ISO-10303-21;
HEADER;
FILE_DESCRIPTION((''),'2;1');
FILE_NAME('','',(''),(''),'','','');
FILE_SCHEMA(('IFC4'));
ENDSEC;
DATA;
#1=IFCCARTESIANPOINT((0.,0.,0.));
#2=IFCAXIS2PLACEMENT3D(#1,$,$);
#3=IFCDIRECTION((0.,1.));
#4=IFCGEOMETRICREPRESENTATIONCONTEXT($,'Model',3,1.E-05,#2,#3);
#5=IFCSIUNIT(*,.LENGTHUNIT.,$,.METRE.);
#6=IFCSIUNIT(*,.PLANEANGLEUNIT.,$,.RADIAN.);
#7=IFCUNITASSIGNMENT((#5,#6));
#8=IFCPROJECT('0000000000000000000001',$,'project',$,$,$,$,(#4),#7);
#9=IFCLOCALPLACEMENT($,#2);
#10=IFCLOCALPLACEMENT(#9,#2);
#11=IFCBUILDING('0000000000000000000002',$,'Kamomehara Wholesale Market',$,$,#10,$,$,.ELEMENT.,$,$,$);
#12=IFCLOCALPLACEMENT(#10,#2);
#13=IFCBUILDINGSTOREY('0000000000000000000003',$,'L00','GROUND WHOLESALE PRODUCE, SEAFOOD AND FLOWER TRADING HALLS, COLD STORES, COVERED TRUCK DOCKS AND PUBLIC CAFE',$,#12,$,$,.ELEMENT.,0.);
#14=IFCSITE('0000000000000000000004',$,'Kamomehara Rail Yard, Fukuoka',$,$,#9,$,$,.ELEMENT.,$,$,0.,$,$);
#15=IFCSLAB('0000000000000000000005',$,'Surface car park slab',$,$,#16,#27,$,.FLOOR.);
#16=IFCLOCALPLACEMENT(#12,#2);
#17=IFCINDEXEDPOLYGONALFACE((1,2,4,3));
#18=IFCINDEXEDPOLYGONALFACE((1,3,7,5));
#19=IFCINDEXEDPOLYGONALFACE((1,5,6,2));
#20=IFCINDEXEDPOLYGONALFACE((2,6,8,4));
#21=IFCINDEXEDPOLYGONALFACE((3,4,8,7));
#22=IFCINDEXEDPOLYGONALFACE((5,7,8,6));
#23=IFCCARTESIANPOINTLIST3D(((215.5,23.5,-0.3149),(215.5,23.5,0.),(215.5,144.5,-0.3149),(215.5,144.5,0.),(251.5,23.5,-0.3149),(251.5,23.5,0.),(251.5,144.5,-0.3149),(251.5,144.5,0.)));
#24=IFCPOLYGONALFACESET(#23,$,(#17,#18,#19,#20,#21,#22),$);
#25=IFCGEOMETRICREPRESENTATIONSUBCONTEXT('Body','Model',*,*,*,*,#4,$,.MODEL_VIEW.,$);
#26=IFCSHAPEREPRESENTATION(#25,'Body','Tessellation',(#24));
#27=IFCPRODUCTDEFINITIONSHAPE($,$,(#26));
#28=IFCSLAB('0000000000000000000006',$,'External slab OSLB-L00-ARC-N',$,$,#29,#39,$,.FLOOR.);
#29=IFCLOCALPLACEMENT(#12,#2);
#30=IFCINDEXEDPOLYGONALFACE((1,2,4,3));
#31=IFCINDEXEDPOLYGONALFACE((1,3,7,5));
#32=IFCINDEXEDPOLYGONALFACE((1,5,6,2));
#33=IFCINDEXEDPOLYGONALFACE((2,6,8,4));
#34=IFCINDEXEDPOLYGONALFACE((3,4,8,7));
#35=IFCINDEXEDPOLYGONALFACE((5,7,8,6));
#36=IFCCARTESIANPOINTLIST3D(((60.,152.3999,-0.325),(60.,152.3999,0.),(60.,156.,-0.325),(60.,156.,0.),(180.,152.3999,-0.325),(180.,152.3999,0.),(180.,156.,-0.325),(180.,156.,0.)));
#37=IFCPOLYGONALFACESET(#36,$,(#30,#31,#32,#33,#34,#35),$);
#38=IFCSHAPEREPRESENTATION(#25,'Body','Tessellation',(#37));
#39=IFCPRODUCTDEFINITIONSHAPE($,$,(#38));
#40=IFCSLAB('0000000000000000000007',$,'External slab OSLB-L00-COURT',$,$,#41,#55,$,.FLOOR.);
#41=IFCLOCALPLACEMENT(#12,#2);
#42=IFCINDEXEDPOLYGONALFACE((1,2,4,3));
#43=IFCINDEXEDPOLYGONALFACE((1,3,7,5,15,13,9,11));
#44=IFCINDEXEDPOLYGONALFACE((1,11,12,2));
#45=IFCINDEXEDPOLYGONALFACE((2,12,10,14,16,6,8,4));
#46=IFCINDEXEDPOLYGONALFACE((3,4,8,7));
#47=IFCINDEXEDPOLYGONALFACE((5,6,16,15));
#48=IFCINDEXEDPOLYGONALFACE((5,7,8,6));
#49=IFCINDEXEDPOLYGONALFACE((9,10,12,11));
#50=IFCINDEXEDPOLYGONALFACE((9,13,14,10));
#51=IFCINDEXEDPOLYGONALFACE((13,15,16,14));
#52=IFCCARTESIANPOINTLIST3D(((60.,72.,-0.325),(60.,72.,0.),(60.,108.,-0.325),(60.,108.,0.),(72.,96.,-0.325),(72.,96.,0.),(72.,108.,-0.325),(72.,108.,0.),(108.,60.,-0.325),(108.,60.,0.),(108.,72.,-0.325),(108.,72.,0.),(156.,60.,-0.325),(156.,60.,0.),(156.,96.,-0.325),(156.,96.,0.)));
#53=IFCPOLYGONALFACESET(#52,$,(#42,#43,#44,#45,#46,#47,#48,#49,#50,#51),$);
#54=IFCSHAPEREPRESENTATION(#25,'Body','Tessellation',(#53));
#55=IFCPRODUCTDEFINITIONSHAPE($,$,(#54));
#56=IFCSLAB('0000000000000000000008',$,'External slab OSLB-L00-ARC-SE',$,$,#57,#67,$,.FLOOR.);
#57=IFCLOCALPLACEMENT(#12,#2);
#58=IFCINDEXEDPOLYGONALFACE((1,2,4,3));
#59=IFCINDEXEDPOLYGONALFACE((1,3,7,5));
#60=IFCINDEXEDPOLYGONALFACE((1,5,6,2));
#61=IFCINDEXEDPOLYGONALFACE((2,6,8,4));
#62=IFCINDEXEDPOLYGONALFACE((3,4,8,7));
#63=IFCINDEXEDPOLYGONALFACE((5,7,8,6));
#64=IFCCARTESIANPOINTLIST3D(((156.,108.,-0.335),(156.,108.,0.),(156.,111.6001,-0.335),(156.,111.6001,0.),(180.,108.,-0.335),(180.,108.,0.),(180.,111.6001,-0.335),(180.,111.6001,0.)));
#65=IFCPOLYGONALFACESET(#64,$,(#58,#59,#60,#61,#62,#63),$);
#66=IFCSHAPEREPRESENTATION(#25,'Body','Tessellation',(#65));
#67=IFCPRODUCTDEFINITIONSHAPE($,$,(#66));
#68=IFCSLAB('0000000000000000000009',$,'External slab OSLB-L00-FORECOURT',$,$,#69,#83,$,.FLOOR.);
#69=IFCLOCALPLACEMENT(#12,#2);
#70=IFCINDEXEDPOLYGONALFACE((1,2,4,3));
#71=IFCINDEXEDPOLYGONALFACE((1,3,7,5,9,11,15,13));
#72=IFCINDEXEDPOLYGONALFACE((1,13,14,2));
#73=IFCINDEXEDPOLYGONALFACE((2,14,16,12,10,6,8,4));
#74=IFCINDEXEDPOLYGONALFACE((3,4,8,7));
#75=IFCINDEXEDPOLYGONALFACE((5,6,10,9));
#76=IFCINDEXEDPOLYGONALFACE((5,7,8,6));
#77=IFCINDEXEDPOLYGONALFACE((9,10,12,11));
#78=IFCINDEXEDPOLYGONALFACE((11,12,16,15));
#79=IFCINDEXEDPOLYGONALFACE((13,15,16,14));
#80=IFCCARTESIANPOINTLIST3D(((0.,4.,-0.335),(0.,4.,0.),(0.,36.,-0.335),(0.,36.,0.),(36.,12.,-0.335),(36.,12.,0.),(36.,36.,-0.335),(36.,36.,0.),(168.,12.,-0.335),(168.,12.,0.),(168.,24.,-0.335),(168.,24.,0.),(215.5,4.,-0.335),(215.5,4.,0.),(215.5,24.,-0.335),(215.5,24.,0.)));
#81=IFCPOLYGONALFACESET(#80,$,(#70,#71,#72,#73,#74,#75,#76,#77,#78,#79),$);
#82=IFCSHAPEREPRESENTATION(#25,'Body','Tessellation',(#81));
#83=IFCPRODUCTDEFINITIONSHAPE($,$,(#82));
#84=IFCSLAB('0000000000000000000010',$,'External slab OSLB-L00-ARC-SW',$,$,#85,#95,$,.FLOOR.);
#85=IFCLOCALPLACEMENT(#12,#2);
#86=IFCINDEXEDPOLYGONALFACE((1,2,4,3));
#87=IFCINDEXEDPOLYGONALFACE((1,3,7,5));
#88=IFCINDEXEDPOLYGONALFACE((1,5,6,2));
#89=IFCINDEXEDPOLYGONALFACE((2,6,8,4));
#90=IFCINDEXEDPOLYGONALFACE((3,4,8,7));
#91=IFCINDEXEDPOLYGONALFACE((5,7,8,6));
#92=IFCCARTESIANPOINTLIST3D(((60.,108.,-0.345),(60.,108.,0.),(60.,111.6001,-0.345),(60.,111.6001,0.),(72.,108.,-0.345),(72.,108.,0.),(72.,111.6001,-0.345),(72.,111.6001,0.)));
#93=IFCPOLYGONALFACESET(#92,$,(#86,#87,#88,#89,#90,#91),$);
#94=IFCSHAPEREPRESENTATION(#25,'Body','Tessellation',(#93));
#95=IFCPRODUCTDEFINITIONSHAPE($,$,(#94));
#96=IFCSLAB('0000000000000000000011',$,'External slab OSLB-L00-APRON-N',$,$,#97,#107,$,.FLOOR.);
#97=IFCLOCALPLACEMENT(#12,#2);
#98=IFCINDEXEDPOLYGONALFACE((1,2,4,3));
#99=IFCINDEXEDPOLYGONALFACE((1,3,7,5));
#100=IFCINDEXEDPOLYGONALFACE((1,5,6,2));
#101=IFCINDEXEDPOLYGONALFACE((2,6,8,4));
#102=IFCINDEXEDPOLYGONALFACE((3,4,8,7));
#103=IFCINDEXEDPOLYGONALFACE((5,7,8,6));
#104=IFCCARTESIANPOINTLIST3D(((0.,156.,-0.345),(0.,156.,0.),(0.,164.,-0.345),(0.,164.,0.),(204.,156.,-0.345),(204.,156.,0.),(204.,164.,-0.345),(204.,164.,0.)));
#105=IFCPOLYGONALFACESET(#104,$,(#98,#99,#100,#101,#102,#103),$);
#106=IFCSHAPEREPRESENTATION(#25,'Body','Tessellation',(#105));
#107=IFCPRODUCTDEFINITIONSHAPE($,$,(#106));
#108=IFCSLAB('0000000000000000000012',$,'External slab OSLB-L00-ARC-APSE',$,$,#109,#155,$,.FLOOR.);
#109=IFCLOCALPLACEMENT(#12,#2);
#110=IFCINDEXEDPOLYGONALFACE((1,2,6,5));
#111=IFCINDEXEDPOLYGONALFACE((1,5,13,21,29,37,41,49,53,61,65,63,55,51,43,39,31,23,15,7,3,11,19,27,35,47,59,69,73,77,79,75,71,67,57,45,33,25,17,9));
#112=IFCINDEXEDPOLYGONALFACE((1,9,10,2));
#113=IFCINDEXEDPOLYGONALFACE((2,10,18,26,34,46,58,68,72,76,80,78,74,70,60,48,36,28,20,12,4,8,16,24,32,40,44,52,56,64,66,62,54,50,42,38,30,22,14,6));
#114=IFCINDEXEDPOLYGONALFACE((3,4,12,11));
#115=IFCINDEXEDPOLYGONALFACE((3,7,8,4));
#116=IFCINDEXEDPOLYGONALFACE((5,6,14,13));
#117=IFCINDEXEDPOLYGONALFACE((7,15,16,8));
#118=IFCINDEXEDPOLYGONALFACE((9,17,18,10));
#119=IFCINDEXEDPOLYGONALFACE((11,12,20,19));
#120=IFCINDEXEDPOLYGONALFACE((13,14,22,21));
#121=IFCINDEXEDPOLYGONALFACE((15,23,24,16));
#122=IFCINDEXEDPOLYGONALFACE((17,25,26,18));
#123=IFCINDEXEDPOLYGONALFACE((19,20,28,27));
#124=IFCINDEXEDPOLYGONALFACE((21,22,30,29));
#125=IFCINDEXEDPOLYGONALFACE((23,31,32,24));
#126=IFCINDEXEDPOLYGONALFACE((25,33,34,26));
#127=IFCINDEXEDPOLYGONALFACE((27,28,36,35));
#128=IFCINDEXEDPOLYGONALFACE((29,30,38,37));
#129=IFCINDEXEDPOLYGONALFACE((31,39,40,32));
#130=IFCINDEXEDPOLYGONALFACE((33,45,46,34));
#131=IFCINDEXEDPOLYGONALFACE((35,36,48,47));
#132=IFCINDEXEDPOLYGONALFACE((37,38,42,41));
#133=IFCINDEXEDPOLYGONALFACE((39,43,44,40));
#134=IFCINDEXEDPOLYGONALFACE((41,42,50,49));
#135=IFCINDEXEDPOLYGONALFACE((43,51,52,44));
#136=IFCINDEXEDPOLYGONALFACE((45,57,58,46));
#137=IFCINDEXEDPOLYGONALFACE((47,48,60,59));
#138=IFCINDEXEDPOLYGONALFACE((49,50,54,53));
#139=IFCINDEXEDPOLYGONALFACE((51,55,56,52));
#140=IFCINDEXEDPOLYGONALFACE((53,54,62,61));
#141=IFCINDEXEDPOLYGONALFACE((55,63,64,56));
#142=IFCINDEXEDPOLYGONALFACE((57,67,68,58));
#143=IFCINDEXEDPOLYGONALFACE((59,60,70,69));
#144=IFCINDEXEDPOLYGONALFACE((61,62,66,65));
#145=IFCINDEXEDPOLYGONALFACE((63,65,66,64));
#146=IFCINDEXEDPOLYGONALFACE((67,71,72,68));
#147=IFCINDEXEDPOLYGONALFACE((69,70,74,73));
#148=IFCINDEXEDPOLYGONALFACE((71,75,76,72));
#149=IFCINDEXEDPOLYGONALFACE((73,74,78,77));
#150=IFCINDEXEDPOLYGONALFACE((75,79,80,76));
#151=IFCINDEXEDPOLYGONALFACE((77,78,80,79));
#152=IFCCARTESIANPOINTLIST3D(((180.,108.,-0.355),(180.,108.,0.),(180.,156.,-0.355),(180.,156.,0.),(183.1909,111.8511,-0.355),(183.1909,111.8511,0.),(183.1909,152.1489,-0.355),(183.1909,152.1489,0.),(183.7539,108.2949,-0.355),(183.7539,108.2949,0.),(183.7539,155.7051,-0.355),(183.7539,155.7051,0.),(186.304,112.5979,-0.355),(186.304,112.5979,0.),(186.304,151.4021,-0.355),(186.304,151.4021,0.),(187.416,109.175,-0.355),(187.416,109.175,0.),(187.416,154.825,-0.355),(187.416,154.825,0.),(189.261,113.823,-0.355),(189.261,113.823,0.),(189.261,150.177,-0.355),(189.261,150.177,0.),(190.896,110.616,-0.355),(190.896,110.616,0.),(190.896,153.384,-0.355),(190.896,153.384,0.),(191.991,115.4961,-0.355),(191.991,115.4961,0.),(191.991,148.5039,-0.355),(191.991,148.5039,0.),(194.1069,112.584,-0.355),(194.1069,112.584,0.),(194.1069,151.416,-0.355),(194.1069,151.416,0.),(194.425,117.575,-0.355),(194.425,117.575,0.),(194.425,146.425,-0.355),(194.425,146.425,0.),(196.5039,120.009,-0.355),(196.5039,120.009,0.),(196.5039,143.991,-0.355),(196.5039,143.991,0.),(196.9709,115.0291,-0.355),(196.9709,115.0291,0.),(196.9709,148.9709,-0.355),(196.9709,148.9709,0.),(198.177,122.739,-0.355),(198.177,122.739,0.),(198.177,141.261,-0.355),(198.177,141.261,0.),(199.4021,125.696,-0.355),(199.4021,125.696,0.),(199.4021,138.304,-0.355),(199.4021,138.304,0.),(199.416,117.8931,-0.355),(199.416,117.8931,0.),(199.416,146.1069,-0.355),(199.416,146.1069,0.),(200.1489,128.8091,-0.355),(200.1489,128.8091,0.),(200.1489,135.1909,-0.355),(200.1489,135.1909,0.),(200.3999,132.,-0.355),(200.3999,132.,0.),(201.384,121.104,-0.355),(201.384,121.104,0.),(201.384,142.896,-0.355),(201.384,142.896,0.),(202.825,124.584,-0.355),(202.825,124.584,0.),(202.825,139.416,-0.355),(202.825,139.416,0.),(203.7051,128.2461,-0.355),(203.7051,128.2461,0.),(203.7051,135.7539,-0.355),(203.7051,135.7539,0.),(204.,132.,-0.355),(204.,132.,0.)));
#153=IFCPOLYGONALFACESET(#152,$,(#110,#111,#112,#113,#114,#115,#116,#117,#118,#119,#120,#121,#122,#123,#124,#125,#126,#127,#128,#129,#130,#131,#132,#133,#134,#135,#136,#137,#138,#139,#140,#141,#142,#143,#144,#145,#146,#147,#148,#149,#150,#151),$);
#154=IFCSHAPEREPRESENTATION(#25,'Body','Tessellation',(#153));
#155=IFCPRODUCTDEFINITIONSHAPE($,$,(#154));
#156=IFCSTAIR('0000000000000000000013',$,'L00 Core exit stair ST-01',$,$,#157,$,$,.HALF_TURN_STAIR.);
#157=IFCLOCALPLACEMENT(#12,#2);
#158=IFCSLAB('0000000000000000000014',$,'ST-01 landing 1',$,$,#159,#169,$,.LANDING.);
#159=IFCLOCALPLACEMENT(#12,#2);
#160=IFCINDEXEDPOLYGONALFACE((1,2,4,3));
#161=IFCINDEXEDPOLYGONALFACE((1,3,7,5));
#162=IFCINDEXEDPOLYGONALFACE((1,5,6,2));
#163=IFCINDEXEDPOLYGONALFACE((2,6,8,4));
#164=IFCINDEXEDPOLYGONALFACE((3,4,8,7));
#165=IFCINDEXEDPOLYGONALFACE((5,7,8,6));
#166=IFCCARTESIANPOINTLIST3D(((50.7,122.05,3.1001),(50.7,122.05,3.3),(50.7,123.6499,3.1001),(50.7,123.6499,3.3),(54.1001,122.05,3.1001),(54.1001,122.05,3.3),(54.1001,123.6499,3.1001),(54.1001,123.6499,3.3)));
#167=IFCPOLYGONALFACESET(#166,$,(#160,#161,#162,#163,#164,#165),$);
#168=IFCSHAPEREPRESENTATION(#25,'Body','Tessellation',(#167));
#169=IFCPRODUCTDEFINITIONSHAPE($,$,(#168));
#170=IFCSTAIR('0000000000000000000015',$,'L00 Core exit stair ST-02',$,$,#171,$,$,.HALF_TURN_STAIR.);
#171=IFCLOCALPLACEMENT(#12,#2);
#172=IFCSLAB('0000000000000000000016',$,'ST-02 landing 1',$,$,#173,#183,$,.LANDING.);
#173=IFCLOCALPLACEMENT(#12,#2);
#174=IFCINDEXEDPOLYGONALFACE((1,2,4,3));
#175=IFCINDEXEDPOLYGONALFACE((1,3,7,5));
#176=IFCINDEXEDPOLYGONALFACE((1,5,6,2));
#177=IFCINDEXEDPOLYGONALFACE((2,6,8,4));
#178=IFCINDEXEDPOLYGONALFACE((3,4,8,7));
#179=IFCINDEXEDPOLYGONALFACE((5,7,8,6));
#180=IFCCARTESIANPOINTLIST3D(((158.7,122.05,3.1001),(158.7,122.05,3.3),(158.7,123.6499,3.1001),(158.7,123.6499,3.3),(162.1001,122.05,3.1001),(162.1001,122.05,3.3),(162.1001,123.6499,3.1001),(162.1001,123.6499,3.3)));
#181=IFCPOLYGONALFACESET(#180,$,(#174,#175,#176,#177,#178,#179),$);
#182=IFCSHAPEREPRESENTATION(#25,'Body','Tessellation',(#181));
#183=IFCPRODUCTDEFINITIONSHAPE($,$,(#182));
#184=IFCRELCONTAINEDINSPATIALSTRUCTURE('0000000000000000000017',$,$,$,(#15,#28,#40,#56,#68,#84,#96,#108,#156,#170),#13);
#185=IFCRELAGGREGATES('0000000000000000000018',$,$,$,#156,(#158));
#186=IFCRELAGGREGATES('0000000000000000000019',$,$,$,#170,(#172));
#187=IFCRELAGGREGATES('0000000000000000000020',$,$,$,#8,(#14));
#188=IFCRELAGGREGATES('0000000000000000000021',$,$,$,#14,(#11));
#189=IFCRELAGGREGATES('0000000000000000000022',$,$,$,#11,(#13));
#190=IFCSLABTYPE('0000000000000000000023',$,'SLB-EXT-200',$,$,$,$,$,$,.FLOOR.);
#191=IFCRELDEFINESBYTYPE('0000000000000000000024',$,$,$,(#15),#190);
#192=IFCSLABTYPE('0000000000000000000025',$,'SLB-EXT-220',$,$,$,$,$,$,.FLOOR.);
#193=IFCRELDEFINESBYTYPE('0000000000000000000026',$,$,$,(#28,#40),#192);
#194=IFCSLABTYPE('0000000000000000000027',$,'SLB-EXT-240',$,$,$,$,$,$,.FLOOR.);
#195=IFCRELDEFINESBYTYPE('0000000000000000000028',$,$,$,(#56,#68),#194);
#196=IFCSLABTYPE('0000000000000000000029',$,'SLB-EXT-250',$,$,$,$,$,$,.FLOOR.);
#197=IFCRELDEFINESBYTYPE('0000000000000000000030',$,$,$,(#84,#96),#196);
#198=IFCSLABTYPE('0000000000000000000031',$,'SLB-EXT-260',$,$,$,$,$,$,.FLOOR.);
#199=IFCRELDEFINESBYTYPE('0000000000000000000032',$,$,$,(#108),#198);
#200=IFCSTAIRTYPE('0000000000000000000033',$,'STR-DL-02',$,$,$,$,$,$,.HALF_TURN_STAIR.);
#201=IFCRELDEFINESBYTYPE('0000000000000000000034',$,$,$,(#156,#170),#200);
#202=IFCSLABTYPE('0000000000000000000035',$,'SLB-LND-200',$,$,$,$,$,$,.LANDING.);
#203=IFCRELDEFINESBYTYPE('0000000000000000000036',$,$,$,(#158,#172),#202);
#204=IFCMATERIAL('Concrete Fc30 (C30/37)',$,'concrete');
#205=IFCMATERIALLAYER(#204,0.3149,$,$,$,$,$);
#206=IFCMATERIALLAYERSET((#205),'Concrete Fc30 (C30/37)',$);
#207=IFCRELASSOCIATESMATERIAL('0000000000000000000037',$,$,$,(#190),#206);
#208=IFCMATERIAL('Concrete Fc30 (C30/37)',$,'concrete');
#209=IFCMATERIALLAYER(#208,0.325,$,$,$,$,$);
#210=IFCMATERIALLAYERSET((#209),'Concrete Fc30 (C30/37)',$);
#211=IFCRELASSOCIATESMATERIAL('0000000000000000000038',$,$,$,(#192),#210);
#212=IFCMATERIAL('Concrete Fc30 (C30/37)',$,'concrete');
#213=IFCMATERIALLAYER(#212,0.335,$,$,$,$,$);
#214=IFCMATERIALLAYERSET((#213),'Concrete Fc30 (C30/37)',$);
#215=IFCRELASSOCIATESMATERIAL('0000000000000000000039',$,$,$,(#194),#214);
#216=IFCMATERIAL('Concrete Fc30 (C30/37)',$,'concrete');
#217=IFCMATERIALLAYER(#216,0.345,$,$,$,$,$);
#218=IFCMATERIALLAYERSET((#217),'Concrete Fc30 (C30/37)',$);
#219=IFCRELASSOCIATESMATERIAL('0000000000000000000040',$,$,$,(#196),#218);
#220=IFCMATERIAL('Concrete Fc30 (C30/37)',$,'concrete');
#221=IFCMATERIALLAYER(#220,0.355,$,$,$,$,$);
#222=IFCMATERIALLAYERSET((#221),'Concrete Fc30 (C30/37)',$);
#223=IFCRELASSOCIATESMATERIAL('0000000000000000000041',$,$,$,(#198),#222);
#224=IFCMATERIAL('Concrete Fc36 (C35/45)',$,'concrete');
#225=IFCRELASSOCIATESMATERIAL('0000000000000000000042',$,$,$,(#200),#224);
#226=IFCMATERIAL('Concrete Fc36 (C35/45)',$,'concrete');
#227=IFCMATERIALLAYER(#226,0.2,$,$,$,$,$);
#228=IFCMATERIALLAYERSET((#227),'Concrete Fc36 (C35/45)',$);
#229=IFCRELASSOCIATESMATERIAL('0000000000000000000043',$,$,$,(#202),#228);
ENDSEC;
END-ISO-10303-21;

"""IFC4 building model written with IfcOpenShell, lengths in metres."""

from ifc_helpers import new_model, si_unit, direction, frame, origin, place, context, subcontext, project, spatial, polyline, outline, extrude, material, layer, layer_set, type_object, element, aggregate, save


model = new_model("IFC4")

# Units and contexts
model_context = context("Model", 3, precision=1e-05, world=origin(), true_north=direction((0.0, 1.0)))
body_context = subcontext(model_context, "Body", "Model", "MODEL_VIEW")
ifc_project = project(units=[si_unit("LENGTHUNIT", "METRE"), si_unit("PLANEANGLEUNIT", "RADIAN")], contexts=[model_context])

# Site, building, storey
site_placement = place(None, origin())
site = spatial("IfcSite", under=ifc_project, at=site_placement, Name="Kamomehara Rail Yard, Fukuoka", CompositionType="ELEMENT", RefElevation=0.0)
building_placement = place(site_placement, origin())
building = spatial("IfcBuilding", under=site, at=building_placement, Name="Kamomehara Wholesale Market", CompositionType="ELEMENT")
storey_placement = place(building_placement, origin())
storey = spatial("IfcBuildingStorey", under=building, at=storey_placement, Name="L00", Description="GROUND WHOLESALE PRODUCE, SEAFOOD AND FLOWER TRADING HALLS, COLD STORES, COVERED TRUCK DOCKS AND PUBLIC CAFE", CompositionType="ELEMENT", Elevation=0.0)

# Slabs
ifc_material_1 = material(Name="Concrete Fc30 (C30/37)", Category="concrete")
ifc_layer_1 = layer(ifc_material_1, 0.3149)
ifc_layer_set_1 = layer_set([ifc_layer_1], Name="Concrete Fc30 (C30/37)")
slab_type_1 = type_object("IfcSlabType", Name="SLB-EXT-200", PredefinedType="FLOOR", material=ifc_layer_set_1)
slab_1_placement = place(storey_placement, frame((0.0, 0.0, -0.3149)))
element("IfcSlab", 1, at=slab_1_placement, inside=storey, type_object=slab_type_1, Name="Surface car park slab", PredefinedType="FLOOR", context=body_context, shape_type="SweptSolid", body=[
    extrude(outline(polyline([(215.5, 23.5), (251.5, 23.5), (251.5, 144.5), (215.5, 144.5), (215.5, 23.5)])), origin(), (0.0, 0.0, 1.0), 0.3149),
])
ifc_material_2 = material(Name="Concrete Fc30 (C30/37)", Category="concrete")
ifc_layer_2 = layer(ifc_material_2, 0.325)
ifc_layer_set_2 = layer_set([ifc_layer_2], Name="Concrete Fc30 (C30/37)")
slab_type_2 = type_object("IfcSlabType", Name="SLB-EXT-220", PredefinedType="FLOOR", material=ifc_layer_set_2)
slab_2_placement = place(storey_placement, frame((0.0, 0.0, -0.325)))
element("IfcSlab", 2, at=slab_2_placement, inside=storey, type_object=slab_type_2, Name="External slab OSLB-L00-ARC-N", PredefinedType="FLOOR", context=body_context, shape_type="SweptSolid", body=[
    extrude(outline(polyline([(60.0, 152.3999), (180.0, 152.3999), (180.0, 156.0), (60.0, 156.0), (60.0, 152.3999)])), origin(), (0.0, 0.0, 1.0), 0.325),
])
slab_3_placement = place(storey_placement, frame((0.0, 0.0, -0.325)))
element("IfcSlab", 3, at=slab_3_placement, inside=storey, type_object=slab_type_2, Name="External slab OSLB-L00-COURT", PredefinedType="FLOOR", context=body_context, shape_type="SweptSolid", body=[
    extrude(outline(polyline([(60.0, 72.0), (108.0, 72.0), (108.0, 60.0), (156.0, 60.0), (156.0, 96.0), (72.0, 96.0), (72.0, 108.0), (60.0, 108.0), (60.0, 72.0)])), origin(), (0.0, 0.0, 1.0), 0.325),
])
ifc_material_3 = material(Name="Concrete Fc30 (C30/37)", Category="concrete")
ifc_layer_3 = layer(ifc_material_3, 0.335)
ifc_layer_set_3 = layer_set([ifc_layer_3], Name="Concrete Fc30 (C30/37)")
slab_type_3 = type_object("IfcSlabType", Name="SLB-EXT-240", PredefinedType="FLOOR", material=ifc_layer_set_3)
slab_4_placement = place(storey_placement, frame((0.0, 0.0, -0.335)))
element("IfcSlab", 4, at=slab_4_placement, inside=storey, type_object=slab_type_3, Name="External slab OSLB-L00-ARC-SE", PredefinedType="FLOOR", context=body_context, shape_type="SweptSolid", body=[
    extrude(outline(polyline([(156.0, 108.0), (180.0, 108.0), (180.0, 111.6001), (156.0, 111.6001), (156.0, 108.0)])), origin(), (0.0, 0.0, 1.0), 0.335),
])
slab_5_placement = place(storey_placement, frame((0.0, 0.0, -0.335)))
element("IfcSlab", 5, at=slab_5_placement, inside=storey, type_object=slab_type_3, Name="External slab OSLB-L00-FORECOURT", PredefinedType="FLOOR", context=body_context, shape_type="SweptSolid", body=[
    extrude(outline(polyline([(0.0, 4.0), (215.5, 4.0), (215.5, 24.0), (168.0, 24.0), (168.0, 12.0), (36.0, 12.0), (36.0, 36.0), (0.0, 36.0), (0.0, 4.0)])), origin(), (0.0, 0.0, 1.0), 0.335),
])
ifc_material_4 = material(Name="Concrete Fc30 (C30/37)", Category="concrete")
ifc_layer_4 = layer(ifc_material_4, 0.345)
ifc_layer_set_4 = layer_set([ifc_layer_4], Name="Concrete Fc30 (C30/37)")
slab_type_4 = type_object("IfcSlabType", Name="SLB-EXT-250", PredefinedType="FLOOR", material=ifc_layer_set_4)
slab_6_placement = place(storey_placement, frame((0.0, 0.0, -0.345)))
element("IfcSlab", 6, at=slab_6_placement, inside=storey, type_object=slab_type_4, Name="External slab OSLB-L00-ARC-SW", PredefinedType="FLOOR", context=body_context, shape_type="SweptSolid", body=[
    extrude(outline(polyline([(60.0, 108.0), (72.0, 108.0), (72.0, 111.6001), (60.0, 111.6001), (60.0, 108.0)])), origin(), (0.0, 0.0, 1.0), 0.345),
])
slab_7_placement = place(storey_placement, frame((0.0, 0.0, -0.345)))
element("IfcSlab", 7, at=slab_7_placement, inside=storey, type_object=slab_type_4, Name="External slab OSLB-L00-APRON-N", PredefinedType="FLOOR", context=body_context, shape_type="SweptSolid", body=[
    extrude(outline(polyline([(0.0, 156.0), (204.0, 156.0), (204.0, 164.0), (0.0, 164.0), (0.0, 156.0)])), origin(), (0.0, 0.0, 1.0), 0.345),
])
ifc_material_5 = material(Name="Concrete Fc30 (C30/37)", Category="concrete")
ifc_layer_5 = layer(ifc_material_5, 0.355)
ifc_layer_set_5 = layer_set([ifc_layer_5], Name="Concrete Fc30 (C30/37)")
slab_type_5 = type_object("IfcSlabType", Name="SLB-EXT-260", PredefinedType="FLOOR", material=ifc_layer_set_5)
slab_8_placement = place(storey_placement, frame((0.0, 0.0, -0.355)))
element("IfcSlab", 8, at=slab_8_placement, inside=storey, type_object=slab_type_5, Name="External slab OSLB-L00-ARC-APSE", PredefinedType="FLOOR", context=body_context, shape_type="SweptSolid", body=[
    extrude(outline(polyline([(180.0, 108.0), (183.7539, 108.2949), (187.416, 109.175), (190.896, 110.616), (194.1069, 112.584), (196.9709, 115.0291), (199.416, 117.8931), (201.384, 121.104), (202.825, 124.584), (203.7051, 128.2461), (204.0, 132.0), (203.7051, 135.7539), (202.825, 139.416), (201.384, 142.896), (199.416, 146.1069), (196.9709, 148.9709), (194.1069, 151.416), (190.896, 153.384), (187.416, 154.825), (183.7539, 155.7051), (180.0, 156.0), (183.1909, 152.1489), (186.304, 151.4021), (189.261, 150.177), (191.991, 148.5039), (194.425, 146.425), (196.5039, 143.991), (198.177, 141.261), (199.4021, 138.304), (200.1489, 135.1909), (200.3999, 132.0), (200.1489, 128.8091), (199.4021, 125.696), (198.177, 122.739), (196.5039, 120.009), (194.425, 117.575), (191.991, 115.4961), (189.261, 113.823), (186.304, 112.5979), (183.1909, 111.8511), (180.0, 108.0)])), origin(), (0.0, 0.0, 1.0), 0.355),
])

# Stairs, slabs
ifc_material_6 = material(Name="Concrete Fc36 (C35/45)", Category="concrete")
stair_type = type_object("IfcStairType", Name="STR-DL-02", PredefinedType="HALF_TURN_STAIR", material=ifc_material_6)
stair_1_placement = place(storey_placement, origin())
stair_1 = element("IfcStair", 9, at=stair_1_placement, inside=storey, type_object=stair_type, Name="L00 Core exit stair ST-01", PredefinedType="HALF_TURN_STAIR")
ifc_material_7 = material(Name="Concrete Fc36 (C35/45)", Category="concrete")
ifc_layer_6 = layer(ifc_material_7, 0.2)
ifc_layer_set_6 = layer_set([ifc_layer_6], Name="Concrete Fc36 (C35/45)")
slab_type_6 = type_object("IfcSlabType", Name="SLB-LND-200", PredefinedType="LANDING", material=ifc_layer_set_6)
slab_9_placement = place(storey_placement, frame((0.0, 0.0, 3.1001)))
slab_9 = element("IfcSlab", 10, at=slab_9_placement, type_object=slab_type_6, Name="ST-01 landing 1", PredefinedType="LANDING", context=body_context, shape_type="SweptSolid", body=[
    extrude(outline(polyline([(50.7, 123.6499), (50.7, 122.05), (54.1001, 122.05), (54.1001, 123.6499), (50.7, 123.6499)])), origin(), (0.0, 0.0, 1.0), 0.2),
])
aggregate(stair_1, [slab_9])
stair_2_placement = place(storey_placement, origin())
stair_2 = element("IfcStair", 11, at=stair_2_placement, inside=storey, type_object=stair_type, Name="L00 Core exit stair ST-02", PredefinedType="HALF_TURN_STAIR")
slab_10_placement = place(storey_placement, frame((0.0, 0.0, 3.1001)))
slab_10 = element("IfcSlab", 12, at=slab_10_placement, type_object=slab_type_6, Name="ST-02 landing 1", PredefinedType="LANDING", context=body_context, shape_type="SweptSolid", body=[
    extrude(outline(polyline([(158.7, 123.6499), (158.7, 122.05), (162.1001, 122.05), (162.1001, 123.6499), (158.7, 123.6499)])), origin(), (0.0, 0.0, 1.0), 0.2),
])
aggregate(stair_2, [slab_10])

save(model, "model.ifc")
